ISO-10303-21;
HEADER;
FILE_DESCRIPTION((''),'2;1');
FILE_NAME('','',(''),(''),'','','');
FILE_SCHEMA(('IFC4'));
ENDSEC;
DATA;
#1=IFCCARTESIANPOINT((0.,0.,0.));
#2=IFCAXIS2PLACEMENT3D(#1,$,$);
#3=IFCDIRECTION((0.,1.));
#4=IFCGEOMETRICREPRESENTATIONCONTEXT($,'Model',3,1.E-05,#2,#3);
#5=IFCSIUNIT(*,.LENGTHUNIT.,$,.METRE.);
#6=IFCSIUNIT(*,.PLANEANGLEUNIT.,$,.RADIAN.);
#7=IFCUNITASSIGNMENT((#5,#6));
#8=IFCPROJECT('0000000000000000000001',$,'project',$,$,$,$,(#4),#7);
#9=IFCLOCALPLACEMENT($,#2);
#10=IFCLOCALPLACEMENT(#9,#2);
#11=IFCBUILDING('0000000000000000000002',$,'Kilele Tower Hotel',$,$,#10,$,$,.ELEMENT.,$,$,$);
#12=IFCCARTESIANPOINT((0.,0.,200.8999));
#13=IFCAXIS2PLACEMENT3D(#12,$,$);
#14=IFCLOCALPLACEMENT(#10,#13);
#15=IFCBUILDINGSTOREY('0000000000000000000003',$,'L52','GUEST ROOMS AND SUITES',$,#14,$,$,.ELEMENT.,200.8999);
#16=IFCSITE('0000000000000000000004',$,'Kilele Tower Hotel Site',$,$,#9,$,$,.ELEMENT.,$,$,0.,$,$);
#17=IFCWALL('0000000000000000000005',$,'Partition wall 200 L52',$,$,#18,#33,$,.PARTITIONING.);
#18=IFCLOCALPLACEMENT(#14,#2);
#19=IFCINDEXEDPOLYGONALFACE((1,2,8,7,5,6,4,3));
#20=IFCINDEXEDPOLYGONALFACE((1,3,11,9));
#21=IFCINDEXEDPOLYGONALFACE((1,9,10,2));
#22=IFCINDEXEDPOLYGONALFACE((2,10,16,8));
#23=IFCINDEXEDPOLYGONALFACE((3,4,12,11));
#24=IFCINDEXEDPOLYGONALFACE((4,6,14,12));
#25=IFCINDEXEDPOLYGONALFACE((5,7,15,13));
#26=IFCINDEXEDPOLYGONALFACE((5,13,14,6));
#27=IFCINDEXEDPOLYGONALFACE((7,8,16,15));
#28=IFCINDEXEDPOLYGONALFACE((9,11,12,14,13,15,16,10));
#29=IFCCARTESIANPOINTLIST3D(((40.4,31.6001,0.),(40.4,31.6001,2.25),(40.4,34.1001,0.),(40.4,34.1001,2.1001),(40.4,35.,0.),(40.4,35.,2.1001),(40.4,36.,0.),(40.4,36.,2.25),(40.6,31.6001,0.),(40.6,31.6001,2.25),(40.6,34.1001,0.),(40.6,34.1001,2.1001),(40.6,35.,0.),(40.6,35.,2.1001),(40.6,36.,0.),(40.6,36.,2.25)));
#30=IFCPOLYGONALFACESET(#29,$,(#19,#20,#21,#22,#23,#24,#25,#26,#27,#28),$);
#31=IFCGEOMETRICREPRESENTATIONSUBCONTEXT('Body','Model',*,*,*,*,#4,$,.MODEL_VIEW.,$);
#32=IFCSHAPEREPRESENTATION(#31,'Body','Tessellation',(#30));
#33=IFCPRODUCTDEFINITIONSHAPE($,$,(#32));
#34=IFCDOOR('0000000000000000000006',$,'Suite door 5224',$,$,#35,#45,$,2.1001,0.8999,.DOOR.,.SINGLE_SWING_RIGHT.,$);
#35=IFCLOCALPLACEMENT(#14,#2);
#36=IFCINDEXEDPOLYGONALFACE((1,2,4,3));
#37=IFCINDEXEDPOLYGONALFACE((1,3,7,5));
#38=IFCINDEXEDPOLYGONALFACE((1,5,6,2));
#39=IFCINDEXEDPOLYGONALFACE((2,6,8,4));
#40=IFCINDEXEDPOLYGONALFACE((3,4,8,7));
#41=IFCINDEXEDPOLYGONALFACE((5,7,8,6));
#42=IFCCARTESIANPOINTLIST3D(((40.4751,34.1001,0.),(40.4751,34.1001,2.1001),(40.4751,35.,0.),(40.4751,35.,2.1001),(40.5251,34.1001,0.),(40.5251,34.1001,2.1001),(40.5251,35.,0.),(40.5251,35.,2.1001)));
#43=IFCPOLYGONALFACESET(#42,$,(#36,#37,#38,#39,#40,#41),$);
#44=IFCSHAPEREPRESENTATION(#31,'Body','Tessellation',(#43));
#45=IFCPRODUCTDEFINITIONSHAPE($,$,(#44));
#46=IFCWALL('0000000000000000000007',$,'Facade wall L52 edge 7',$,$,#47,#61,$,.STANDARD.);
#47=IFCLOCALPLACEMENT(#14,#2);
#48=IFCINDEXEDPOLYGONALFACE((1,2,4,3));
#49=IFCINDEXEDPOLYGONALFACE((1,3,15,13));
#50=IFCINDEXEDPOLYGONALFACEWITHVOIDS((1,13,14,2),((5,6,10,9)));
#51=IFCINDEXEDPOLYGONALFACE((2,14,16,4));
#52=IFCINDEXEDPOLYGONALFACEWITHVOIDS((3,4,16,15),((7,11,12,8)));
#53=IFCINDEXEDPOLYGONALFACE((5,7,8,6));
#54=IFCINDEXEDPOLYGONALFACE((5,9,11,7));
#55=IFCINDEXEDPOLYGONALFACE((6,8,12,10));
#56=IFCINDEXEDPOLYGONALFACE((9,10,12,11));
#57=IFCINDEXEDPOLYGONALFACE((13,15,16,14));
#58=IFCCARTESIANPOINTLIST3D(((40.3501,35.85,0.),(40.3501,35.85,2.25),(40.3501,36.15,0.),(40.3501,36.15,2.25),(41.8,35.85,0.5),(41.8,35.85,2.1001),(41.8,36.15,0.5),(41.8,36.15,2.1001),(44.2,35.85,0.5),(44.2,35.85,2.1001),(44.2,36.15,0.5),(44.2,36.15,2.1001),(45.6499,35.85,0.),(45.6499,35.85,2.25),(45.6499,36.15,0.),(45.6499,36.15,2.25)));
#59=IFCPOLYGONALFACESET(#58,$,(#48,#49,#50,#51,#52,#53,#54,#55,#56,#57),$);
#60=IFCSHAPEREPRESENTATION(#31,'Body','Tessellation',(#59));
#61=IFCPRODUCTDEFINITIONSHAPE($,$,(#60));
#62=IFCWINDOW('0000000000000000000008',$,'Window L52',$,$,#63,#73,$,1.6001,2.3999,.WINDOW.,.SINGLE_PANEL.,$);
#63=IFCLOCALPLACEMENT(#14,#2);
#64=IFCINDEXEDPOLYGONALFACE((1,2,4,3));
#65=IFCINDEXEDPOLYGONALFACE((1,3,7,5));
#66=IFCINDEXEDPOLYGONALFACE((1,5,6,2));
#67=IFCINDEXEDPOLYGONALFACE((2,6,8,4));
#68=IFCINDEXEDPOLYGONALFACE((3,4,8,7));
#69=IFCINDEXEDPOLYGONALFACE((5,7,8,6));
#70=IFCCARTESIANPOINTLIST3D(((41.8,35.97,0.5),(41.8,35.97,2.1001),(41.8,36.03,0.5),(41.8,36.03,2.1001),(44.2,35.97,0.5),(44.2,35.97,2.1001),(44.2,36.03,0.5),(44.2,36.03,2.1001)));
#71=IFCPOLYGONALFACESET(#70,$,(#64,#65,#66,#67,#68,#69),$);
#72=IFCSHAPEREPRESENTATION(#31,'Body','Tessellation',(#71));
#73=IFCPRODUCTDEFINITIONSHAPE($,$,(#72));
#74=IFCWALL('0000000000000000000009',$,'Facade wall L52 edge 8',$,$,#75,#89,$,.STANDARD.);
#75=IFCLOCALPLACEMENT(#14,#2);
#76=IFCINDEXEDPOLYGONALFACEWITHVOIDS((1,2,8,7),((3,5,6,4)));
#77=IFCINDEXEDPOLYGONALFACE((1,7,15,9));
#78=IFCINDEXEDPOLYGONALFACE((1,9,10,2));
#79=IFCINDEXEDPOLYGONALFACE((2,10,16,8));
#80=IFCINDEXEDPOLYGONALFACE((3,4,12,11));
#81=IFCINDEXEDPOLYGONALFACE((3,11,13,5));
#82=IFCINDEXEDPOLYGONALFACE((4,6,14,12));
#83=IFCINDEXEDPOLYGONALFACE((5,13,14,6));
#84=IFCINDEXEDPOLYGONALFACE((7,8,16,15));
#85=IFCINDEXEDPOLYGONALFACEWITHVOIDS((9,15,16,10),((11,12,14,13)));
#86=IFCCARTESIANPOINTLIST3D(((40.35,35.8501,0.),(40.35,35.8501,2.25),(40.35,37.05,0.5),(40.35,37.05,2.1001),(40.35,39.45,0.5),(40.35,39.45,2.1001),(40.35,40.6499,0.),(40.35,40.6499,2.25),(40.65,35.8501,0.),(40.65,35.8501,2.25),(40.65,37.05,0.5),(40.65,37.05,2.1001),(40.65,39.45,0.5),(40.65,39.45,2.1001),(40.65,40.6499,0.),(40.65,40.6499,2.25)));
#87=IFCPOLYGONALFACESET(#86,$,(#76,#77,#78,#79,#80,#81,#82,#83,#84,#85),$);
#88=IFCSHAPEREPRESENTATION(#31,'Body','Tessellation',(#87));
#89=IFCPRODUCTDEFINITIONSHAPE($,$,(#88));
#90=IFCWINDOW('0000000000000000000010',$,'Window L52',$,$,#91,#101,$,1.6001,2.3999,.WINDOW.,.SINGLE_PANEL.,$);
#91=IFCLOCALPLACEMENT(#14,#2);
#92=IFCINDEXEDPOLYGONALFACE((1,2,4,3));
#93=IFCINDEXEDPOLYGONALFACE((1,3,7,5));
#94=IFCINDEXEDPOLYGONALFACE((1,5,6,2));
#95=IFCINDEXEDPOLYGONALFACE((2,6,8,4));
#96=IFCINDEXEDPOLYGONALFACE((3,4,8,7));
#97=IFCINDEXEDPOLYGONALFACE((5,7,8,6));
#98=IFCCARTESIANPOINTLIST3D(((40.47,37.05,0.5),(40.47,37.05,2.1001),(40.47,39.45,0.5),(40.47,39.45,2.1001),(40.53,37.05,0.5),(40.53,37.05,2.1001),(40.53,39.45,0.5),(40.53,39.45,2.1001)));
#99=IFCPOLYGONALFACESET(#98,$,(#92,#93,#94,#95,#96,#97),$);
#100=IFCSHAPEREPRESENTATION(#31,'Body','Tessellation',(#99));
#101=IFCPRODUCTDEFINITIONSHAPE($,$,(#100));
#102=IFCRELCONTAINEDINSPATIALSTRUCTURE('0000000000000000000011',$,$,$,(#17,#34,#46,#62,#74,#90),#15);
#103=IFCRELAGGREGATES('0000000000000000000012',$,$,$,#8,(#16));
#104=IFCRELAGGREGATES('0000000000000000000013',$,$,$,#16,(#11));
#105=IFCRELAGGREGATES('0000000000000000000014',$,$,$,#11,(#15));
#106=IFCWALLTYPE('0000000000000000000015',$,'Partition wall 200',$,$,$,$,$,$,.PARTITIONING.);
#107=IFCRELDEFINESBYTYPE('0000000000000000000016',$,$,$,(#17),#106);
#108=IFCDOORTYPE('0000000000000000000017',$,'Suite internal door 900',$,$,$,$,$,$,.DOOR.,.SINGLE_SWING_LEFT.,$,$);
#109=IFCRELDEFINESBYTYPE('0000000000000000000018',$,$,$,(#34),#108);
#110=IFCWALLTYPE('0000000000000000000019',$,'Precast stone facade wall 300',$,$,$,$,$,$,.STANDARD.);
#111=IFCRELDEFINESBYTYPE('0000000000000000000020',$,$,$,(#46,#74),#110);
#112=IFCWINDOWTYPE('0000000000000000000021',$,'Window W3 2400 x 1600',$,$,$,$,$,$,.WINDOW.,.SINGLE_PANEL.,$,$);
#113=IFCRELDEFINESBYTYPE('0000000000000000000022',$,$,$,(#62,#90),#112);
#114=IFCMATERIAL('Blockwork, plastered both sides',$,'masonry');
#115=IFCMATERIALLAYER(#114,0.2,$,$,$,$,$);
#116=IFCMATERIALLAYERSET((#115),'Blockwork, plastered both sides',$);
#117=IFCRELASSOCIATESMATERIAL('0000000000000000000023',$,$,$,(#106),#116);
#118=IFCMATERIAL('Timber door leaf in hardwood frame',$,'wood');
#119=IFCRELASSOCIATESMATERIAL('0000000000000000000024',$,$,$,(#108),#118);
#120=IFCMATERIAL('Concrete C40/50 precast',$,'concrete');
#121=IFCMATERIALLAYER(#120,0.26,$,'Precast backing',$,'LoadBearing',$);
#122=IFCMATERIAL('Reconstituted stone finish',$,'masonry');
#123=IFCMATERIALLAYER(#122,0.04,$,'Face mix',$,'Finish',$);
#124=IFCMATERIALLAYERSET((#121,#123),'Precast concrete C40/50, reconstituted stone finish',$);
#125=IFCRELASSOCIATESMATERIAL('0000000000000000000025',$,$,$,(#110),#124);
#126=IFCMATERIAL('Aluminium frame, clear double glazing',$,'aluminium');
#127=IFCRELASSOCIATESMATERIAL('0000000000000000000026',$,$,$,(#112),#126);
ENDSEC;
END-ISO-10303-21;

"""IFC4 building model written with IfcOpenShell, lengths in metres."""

from ifc_helpers import new_model, si_unit, direction, frame, frame_2d, origin, place, context, subcontext, project, spatial, rectangle, extrude, material, layer, layer_set, type_object, element, fill, save


model = new_model("IFC4")

# Units and contexts
model_context = context("Model", 3, precision=1e-05, world=origin(), true_north=direction((0.0, 1.0)))
body_context = subcontext(model_context, "Body", "Model", "MODEL_VIEW")
ifc_project = project(units=[si_unit("LENGTHUNIT", "METRE"), si_unit("PLANEANGLEUNIT", "RADIAN")], contexts=[model_context])

# Site, building, storey
site_placement = place(None, origin())
site = spatial("IfcSite", under=ifc_project, at=site_placement, Name="Kilele Tower Hotel Site", CompositionType="ELEMENT", RefElevation=0.0)
building_placement = place(site_placement, origin())
building = spatial("IfcBuilding", under=site, at=building_placement, Name="Kilele Tower Hotel", CompositionType="ELEMENT")
storey_placement = place(building_placement, frame((0.0, 0.0, 200.8999)))
storey = spatial("IfcBuildingStorey", under=building, at=storey_placement, Name="L52", Description="GUEST ROOMS AND SUITES", CompositionType="ELEMENT", Elevation=200.8999)

# Wall, opening, door
ifc_material_1 = material(Name="Blockwork, plastered both sides", Category="masonry")
ifc_layer_1 = layer(ifc_material_1, 0.2)
ifc_layer_set_1 = layer_set([ifc_layer_1], Name="Blockwork, plastered both sides")
wall_type_1 = type_object("IfcWallType", Name="Partition wall 200", PredefinedType="PARTITIONING", material=ifc_layer_set_1)
wall_1_placement = place(storey_placement, frame((40.5, 31.6001, 0.0), z_axis=(0.0, 0.0, 1.0), x_axis=(0.0, 1.0, 0.0)))
wall_1 = element("IfcWall", 1, at=wall_1_placement, inside=storey, type_object=wall_type_1, Name="Partition wall 200 L52", PredefinedType="PARTITIONING", context=body_context, shape_type="SweptSolid", body=[
    extrude(rectangle(XDim=4.3999, YDim=0.2, at=frame_2d((2.2, 0.0))), origin(), (0.0, 0.0, 1.0), 2.25),
])
opening_1_placement = place(wall_1_placement, frame((2.5, 0.0, 0.0)))
opening_1 = element("IfcOpeningElement", 2, at=opening_1_placement, cuts=wall_1, PredefinedType="OPENING", context=body_context, shape_type="SweptSolid", body=[
    extrude(rectangle(XDim=0.8999, YDim=2.1001, at=frame_2d((0.45, 1.05))), frame((0.0, 0.1099, 0.0), z_axis=(0.0, -1.0, 0.0), x_axis=(1.0, 0.0, 0.0)), (0.0, 0.0, 1.0), 0.22),
])
ifc_material_2 = material(Name="Timber door leaf in hardwood frame", Category="wood")
door_type_1 = type_object("IfcDoorType", Name="Suite internal door 900", OperationType="SINGLE_SWING_LEFT", PredefinedType="DOOR", material=ifc_material_2)
door_1_placement = place(opening_1_placement, origin())
door_1 = element("IfcDoor", 3, at=door_1_placement, inside=storey, type_object=door_type_1, Name="Suite door 5224", OperationType="SINGLE_SWING_RIGHT", OverallHeight=2.1001, OverallWidth=0.8999, PredefinedType="DOOR", context=body_context, shape_type="SweptSolid", body=[
    extrude(rectangle(XDim=0.8999, YDim=2.1001, at=frame_2d((0.45, 1.05))), frame((0.0, 0.0249, 0.0), z_axis=(0.0, -1.0, 0.0), x_axis=(1.0, 0.0, 0.0)), (0.0, 0.0, 1.0), 0.05),
])
fill(opening_1, door_1)

# Walls, openings, windows
ifc_material_3 = material(Name="Concrete C40/50 precast", Category="concrete")
ifc_layer_2 = layer(ifc_material_3, 0.26, Name="Precast backing", Category="LoadBearing")
ifc_material_4 = material(Name="Reconstituted stone finish", Category="masonry")
ifc_layer_3 = layer(ifc_material_4, 0.04, Name="Face mix", Category="Finish")
ifc_layer_set_2 = layer_set([ifc_layer_2, ifc_layer_3], Name="Precast concrete C40/50, reconstituted stone finish")
wall_type_2 = type_object("IfcWallType", Name="Precast stone facade wall 300", PredefinedType="STANDARD", material=ifc_layer_set_2)
wall_2_placement = place(storey_placement, frame((45.6499, 36.0, 0.0), z_axis=(0.0, 0.0, 1.0), x_axis=(-1.0, 0.0, 0.0)))
wall_2 = element("IfcWall", 4, at=wall_2_placement, inside=storey, type_object=wall_type_2, Name="Facade wall L52 edge 7", PredefinedType="STANDARD", context=body_context, shape_type="SweptSolid", body=[
    extrude(rectangle(XDim=5.2998, YDim=0.3, at=frame_2d((2.6499, 0.0))), origin(), (0.0, 0.0, 1.0), 2.25),
])
opening_2_placement = place(wall_2_placement, frame((1.45, 0.0, 0.5)))
opening_2 = element("IfcOpeningElement", 5, at=opening_2_placement, cuts=wall_2, PredefinedType="OPENING", context=body_context, shape_type="SweptSolid", body=[
    extrude(rectangle(XDim=2.3999, YDim=1.6001, at=frame_2d((1.2, 0.8))), frame((0.0, 0.1599, 0.0), z_axis=(0.0, -1.0, 0.0), x_axis=(1.0, 0.0, 0.0)), (0.0, 0.0, 1.0), 0.3201),
])
ifc_material_5 = material(Name="Aluminium frame, clear double glazing", Category="aluminium")
window_type = type_object("IfcWindowType", Name="Window W3 2400 x 1600", PartitioningType="SINGLE_PANEL", PredefinedType="WINDOW", material=ifc_material_5)
window_1_placement = place(opening_2_placement, origin())
window_1 = element("IfcWindow", 6, at=window_1_placement, inside=storey, type_object=window_type, Name="Window L52", OverallHeight=1.6001, OverallWidth=2.3999, PartitioningType="SINGLE_PANEL", PredefinedType="WINDOW", context=body_context, shape_type="SweptSolid", body=[
    extrude(rectangle(XDim=2.3999, YDim=1.6001, at=frame_2d((1.2, 0.8))), frame((0.0, 0.03, 0.0), z_axis=(0.0, -1.0, 0.0), x_axis=(1.0, 0.0, 0.0)), (0.0, 0.0, 1.0), 0.0601),
])
fill(opening_2, window_1)
wall_3_placement = place(storey_placement, frame((40.5, 35.8501, 0.0), z_axis=(0.0, 0.0, 1.0), x_axis=(0.0, 1.0, 0.0)))
wall_3 = element("IfcWall", 7, at=wall_3_placement, inside=storey, type_object=wall_type_2, Name="Facade wall L52 edge 8", PredefinedType="STANDARD", context=body_context, shape_type="SweptSolid", body=[
    extrude(rectangle(XDim=4.7998, YDim=0.3, at=frame_2d((2.3999, 0.0))), origin(), (0.0, 0.0, 1.0), 2.25),
])
opening_3_placement = place(wall_3_placement, frame((1.2, 0.0, 0.5)))
opening_3 = element("IfcOpeningElement", 8, at=opening_3_placement, cuts=wall_3, PredefinedType="OPENING", context=body_context, shape_type="SweptSolid", body=[
    extrude(rectangle(XDim=2.3999, YDim=1.6001, at=frame_2d((1.2, 0.8))), frame((0.0, 0.1599, 0.0), z_axis=(0.0, -1.0, 0.0), x_axis=(1.0, 0.0, 0.0)), (0.0, 0.0, 1.0), 0.3201),
])
window_2_placement = place(opening_3_placement, origin())
window_2 = element("IfcWindow", 9, at=window_2_placement, inside=storey, type_object=window_type, Name="Window L52", OverallHeight=1.6001, OverallWidth=2.3999, PartitioningType="SINGLE_PANEL", PredefinedType="WINDOW", context=body_context, shape_type="SweptSolid", body=[
    extrude(rectangle(XDim=2.3999, YDim=1.6001, at=frame_2d((1.2, 0.8))), frame((0.0, 0.03, 0.0), z_axis=(0.0, -1.0, 0.0), x_axis=(1.0, 0.0, 0.0)), (0.0, 0.0, 1.0), 0.0601),
])
fill(opening_3, window_2)

save(model, "model.ifc")
